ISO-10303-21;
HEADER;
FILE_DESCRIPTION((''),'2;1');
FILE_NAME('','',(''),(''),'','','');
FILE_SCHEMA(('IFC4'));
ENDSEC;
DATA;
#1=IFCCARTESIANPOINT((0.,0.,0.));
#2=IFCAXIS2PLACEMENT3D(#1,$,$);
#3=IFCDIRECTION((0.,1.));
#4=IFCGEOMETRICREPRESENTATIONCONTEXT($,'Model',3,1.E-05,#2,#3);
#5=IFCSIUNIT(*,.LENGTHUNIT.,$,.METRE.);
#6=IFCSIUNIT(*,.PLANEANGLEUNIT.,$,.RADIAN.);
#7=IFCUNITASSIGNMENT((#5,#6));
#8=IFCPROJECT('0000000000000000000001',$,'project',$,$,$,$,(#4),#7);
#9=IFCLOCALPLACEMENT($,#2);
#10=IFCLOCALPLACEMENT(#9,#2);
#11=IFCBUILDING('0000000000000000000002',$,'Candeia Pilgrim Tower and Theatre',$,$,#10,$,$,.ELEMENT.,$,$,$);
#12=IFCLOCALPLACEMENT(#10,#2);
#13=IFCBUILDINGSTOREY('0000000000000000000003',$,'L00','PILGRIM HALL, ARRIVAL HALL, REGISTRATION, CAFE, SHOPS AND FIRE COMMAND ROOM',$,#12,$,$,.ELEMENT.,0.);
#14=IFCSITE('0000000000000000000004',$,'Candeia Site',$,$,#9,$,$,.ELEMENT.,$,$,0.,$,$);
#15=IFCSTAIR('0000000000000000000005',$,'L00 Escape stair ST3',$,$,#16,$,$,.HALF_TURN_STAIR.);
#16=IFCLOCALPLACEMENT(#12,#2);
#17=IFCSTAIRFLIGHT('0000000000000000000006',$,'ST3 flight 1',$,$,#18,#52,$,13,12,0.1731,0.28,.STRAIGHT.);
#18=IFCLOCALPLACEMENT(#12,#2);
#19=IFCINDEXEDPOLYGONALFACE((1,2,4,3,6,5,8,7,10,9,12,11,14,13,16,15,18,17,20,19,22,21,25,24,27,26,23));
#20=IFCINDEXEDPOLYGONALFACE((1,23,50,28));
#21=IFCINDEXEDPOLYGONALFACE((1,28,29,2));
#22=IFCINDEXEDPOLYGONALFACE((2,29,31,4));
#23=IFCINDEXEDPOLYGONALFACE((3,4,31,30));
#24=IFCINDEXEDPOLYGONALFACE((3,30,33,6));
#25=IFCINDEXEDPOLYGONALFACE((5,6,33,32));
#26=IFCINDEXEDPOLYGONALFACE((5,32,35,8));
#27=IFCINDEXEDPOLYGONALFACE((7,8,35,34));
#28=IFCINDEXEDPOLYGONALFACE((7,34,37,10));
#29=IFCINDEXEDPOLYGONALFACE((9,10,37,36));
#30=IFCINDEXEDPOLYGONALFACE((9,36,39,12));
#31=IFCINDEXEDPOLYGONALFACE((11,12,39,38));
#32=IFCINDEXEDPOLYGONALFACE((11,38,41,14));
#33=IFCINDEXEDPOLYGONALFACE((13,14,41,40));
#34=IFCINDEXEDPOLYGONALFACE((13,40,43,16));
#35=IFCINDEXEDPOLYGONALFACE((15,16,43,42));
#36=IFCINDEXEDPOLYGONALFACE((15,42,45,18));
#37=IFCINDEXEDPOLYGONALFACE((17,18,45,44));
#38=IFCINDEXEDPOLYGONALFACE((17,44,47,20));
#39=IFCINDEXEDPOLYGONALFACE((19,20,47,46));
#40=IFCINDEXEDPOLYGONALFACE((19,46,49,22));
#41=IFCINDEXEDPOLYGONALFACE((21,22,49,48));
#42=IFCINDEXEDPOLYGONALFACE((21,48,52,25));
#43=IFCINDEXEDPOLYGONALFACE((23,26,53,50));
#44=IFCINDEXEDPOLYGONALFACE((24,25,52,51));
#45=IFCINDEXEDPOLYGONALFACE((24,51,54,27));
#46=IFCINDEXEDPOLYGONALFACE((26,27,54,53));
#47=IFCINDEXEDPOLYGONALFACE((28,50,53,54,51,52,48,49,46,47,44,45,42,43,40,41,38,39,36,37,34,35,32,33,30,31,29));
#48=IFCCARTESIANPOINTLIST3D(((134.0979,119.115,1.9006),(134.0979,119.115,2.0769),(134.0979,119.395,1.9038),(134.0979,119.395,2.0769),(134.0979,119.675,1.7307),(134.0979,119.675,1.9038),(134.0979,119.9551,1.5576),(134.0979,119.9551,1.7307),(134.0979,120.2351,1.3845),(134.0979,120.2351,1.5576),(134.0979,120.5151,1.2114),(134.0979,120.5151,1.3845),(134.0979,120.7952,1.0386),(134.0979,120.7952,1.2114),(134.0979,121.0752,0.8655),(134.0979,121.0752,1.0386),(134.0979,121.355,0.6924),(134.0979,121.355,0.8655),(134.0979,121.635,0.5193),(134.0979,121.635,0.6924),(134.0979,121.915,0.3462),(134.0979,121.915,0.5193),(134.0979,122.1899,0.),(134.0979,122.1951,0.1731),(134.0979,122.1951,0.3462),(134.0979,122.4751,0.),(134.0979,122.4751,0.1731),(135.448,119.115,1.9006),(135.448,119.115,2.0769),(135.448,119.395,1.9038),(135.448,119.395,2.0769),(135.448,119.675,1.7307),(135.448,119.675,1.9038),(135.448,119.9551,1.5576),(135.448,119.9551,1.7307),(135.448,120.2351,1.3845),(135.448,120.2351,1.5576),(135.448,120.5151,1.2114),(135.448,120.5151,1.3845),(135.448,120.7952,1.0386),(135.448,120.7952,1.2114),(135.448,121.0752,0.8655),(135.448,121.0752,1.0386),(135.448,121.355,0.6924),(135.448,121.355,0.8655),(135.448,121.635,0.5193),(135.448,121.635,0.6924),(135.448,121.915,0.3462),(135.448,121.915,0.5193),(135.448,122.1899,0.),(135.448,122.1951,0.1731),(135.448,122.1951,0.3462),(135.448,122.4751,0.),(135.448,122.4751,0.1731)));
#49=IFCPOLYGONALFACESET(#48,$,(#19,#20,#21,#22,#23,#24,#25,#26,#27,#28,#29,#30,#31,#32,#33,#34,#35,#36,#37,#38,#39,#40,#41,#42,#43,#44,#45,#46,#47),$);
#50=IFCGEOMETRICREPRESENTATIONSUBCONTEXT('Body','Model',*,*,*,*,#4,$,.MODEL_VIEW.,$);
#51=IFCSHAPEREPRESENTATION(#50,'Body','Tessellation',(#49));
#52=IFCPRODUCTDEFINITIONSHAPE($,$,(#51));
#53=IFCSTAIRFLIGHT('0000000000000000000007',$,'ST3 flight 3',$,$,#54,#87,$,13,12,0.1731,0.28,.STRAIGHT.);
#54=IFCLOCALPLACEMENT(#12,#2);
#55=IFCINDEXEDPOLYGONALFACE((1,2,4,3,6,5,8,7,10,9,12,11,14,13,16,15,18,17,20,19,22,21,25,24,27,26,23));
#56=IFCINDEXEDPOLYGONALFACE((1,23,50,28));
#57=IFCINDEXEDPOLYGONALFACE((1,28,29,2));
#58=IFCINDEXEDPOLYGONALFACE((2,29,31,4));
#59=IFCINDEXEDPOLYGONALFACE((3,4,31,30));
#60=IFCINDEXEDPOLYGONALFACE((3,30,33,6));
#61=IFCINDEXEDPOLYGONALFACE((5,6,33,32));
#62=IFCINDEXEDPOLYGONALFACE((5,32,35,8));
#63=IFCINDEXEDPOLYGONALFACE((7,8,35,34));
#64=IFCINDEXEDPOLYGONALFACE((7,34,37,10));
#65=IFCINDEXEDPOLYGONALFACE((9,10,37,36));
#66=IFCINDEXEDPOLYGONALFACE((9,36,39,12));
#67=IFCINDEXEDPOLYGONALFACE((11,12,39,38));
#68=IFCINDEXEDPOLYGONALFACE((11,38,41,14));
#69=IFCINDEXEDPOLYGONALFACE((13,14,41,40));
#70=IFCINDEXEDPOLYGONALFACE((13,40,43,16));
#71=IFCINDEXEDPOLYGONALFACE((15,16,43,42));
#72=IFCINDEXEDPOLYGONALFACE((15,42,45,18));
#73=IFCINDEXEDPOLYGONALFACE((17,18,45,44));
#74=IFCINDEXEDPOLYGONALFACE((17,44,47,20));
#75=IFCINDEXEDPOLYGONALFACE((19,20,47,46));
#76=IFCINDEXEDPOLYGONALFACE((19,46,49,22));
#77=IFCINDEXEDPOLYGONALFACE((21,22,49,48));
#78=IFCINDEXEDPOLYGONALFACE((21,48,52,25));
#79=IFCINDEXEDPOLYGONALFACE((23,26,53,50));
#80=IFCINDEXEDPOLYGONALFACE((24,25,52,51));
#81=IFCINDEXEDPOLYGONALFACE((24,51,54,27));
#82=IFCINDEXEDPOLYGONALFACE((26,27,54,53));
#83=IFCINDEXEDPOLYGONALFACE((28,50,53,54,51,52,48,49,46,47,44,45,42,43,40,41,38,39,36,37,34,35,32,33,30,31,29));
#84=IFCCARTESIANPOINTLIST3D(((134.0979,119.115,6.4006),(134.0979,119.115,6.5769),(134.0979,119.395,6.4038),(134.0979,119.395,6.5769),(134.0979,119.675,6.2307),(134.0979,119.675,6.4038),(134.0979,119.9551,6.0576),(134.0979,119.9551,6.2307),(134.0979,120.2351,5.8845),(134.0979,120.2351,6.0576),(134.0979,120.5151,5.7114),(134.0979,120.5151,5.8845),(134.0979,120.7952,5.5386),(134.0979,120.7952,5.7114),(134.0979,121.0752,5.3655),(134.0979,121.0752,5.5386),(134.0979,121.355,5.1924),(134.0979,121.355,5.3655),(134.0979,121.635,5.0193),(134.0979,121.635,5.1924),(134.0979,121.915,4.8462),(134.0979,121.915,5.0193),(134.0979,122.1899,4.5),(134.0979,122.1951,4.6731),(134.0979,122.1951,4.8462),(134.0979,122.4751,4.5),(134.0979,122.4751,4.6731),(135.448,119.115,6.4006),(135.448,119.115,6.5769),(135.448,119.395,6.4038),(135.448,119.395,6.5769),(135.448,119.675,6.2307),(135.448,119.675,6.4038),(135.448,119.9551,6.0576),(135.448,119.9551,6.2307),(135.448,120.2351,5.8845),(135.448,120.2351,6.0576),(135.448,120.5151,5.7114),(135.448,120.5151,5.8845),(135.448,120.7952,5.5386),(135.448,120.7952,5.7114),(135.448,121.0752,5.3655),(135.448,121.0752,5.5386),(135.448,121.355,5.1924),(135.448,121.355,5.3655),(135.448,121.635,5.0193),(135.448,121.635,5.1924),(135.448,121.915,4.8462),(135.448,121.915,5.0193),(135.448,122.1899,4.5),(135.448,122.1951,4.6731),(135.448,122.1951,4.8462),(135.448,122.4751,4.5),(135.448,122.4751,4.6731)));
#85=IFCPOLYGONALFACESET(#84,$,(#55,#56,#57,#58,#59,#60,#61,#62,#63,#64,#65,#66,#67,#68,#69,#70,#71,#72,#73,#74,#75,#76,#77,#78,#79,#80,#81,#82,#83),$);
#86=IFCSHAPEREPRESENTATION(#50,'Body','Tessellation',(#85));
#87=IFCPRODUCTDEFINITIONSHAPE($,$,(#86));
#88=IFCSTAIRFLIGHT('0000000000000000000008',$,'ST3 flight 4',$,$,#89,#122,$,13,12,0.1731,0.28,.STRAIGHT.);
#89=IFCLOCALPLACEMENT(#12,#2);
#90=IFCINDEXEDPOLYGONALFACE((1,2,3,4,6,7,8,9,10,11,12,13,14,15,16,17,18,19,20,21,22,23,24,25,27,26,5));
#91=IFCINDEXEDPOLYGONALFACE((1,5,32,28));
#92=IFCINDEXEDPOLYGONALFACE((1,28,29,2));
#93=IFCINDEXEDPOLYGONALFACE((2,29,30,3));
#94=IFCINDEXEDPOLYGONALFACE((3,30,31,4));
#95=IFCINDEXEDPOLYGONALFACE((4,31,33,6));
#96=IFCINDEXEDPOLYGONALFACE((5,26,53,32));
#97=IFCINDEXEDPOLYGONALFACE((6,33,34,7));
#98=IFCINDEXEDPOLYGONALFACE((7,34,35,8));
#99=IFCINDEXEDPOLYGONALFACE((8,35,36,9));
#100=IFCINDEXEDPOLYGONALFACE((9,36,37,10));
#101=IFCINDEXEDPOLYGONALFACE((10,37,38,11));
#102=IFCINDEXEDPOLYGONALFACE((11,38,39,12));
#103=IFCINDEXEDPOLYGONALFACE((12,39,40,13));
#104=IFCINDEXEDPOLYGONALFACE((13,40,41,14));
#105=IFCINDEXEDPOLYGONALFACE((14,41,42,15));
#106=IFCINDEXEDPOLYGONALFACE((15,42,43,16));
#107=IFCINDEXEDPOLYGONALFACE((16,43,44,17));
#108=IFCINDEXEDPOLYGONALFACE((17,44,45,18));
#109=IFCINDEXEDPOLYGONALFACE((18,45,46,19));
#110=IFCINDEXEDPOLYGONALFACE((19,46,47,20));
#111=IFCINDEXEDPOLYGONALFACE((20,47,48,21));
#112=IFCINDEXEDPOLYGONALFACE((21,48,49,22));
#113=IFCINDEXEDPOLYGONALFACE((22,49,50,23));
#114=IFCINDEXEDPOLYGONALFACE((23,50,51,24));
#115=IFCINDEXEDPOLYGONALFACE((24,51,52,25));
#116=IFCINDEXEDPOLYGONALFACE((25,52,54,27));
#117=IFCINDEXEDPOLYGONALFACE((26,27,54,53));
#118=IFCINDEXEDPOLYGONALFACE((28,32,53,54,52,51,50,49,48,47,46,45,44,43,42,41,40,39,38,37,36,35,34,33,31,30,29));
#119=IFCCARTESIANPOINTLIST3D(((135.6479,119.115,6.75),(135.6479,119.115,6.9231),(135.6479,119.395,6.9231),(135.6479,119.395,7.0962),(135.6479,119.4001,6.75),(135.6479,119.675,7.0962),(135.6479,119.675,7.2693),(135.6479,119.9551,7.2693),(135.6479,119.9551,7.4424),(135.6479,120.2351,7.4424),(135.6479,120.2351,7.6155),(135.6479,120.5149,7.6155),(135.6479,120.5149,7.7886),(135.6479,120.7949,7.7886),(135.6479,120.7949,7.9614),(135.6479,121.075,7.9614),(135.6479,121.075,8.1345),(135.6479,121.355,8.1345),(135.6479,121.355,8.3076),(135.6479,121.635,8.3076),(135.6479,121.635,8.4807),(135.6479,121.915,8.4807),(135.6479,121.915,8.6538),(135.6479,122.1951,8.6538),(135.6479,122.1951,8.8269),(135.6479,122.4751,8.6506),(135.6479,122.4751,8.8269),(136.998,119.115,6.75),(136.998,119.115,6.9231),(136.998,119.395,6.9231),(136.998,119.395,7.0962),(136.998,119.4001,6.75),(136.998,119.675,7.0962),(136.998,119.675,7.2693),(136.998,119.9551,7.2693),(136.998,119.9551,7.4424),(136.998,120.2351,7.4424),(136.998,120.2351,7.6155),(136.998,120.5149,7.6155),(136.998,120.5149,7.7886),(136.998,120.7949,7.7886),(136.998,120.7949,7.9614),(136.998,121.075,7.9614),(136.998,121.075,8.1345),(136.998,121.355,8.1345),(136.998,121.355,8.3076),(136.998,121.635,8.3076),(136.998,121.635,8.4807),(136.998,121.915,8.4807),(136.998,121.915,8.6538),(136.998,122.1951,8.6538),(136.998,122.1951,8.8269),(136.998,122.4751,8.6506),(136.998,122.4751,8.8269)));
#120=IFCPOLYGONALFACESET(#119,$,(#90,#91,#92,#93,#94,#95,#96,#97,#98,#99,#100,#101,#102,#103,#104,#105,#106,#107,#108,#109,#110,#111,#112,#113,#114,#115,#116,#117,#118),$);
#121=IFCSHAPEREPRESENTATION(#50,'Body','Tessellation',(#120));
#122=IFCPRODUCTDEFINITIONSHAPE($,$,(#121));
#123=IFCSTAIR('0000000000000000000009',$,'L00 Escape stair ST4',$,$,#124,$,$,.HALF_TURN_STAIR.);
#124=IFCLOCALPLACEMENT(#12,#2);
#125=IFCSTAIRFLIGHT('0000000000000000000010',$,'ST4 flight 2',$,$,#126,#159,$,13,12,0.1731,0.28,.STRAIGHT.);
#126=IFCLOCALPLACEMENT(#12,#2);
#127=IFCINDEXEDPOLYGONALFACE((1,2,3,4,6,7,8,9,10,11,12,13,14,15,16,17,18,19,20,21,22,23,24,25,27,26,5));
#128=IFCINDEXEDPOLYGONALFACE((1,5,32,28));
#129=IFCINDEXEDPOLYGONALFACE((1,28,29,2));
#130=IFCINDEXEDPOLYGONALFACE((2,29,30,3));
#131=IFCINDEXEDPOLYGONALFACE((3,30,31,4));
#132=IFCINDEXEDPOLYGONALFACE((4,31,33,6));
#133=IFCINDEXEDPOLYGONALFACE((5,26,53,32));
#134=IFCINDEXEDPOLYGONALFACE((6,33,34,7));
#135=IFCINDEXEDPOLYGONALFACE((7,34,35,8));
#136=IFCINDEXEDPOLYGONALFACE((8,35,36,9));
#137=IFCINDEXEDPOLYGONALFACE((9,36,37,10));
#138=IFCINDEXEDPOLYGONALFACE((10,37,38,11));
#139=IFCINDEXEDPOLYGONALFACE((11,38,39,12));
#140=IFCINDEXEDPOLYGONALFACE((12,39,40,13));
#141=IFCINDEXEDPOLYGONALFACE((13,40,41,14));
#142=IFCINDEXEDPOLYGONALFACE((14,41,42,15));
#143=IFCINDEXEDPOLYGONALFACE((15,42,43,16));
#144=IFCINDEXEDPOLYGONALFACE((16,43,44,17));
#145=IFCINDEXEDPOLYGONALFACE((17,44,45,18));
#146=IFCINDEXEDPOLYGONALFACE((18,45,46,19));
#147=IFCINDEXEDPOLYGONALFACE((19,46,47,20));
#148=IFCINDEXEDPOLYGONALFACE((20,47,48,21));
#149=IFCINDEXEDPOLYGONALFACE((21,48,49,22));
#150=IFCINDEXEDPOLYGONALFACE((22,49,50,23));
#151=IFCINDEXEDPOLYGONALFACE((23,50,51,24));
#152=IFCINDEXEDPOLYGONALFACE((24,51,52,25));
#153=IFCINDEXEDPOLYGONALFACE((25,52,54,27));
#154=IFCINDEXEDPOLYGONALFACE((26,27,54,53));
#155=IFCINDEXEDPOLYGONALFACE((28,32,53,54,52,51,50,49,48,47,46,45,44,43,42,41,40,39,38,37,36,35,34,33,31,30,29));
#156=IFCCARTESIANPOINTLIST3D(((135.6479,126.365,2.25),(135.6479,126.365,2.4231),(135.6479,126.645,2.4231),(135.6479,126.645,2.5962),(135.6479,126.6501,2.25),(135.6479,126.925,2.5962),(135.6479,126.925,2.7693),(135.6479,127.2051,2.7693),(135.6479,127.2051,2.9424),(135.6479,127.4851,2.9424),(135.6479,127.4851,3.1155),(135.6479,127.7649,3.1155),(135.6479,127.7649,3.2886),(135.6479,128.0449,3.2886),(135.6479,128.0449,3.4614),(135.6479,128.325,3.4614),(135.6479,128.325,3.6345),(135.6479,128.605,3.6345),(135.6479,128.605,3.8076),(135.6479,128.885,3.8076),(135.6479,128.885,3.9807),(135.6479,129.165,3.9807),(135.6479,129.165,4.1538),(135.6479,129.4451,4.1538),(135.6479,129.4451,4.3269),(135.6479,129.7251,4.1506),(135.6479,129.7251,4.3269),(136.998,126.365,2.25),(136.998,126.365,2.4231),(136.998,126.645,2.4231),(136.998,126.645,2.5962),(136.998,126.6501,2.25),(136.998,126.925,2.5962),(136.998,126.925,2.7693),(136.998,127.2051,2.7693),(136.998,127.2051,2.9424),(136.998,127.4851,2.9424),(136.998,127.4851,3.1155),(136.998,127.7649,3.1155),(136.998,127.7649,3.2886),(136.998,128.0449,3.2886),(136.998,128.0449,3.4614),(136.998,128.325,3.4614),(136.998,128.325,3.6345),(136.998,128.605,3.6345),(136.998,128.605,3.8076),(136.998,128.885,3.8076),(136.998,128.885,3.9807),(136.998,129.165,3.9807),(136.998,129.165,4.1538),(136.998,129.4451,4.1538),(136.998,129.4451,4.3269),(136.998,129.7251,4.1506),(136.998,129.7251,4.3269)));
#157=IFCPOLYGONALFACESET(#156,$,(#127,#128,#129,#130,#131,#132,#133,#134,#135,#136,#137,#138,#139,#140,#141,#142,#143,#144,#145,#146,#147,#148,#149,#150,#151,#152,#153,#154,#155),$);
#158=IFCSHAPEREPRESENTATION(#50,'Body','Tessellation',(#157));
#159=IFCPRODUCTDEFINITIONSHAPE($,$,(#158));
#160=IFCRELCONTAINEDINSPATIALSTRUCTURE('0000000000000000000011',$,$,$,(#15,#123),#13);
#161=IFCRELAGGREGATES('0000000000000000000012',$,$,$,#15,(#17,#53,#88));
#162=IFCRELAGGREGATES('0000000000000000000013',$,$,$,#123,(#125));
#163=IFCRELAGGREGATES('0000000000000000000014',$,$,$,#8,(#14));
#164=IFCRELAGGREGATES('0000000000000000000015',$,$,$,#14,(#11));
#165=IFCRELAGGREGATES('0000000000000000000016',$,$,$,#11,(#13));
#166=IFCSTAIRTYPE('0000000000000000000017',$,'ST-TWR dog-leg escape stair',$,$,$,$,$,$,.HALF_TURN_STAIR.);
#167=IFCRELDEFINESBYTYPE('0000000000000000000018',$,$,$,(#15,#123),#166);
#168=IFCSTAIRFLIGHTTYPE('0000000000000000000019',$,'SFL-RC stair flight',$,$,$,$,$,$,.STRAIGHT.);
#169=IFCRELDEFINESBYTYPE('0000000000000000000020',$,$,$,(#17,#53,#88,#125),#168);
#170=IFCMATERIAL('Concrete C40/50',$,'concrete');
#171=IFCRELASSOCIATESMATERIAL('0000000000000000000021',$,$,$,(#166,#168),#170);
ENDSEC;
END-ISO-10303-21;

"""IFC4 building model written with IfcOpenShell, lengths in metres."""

from ifc_helpers import new_model, si_unit, direction, frame, origin, place, context, subcontext, project, spatial, polyline, outline, extrude, material, type_object, element, aggregate, save


model = new_model("IFC4")

# Units and contexts
model_context = context("Model", 3, precision=1e-05, world=origin(), true_north=direction((0.0, 1.0)))
body_context = subcontext(model_context, "Body", "Model", "MODEL_VIEW")
ifc_project = project(units=[si_unit("LENGTHUNIT", "METRE"), si_unit("PLANEANGLEUNIT", "RADIAN")], contexts=[model_context])

# Site, building, storey
site_placement = place(None, origin())
site = spatial("IfcSite", under=ifc_project, at=site_placement, Name="Candeia Site", CompositionType="ELEMENT", RefElevation=0.0)
building_placement = place(site_placement, origin())
building = spatial("IfcBuilding", under=site, at=building_placement, Name="Candeia Pilgrim Tower and Theatre", CompositionType="ELEMENT")
storey_placement = place(building_placement, origin())
storey = spatial("IfcBuildingStorey", under=building, at=storey_placement, Name="L00", Description="PILGRIM HALL, ARRIVAL HALL, REGISTRATION, CAFE, SHOPS AND FIRE COMMAND ROOM", CompositionType="ELEMENT", Elevation=0.0)

# Shared definitions
ifc_material_1 = material(Name="Concrete C40/50", Category="concrete")

# Stairs, stair flights
stair_type = type_object("IfcStairType", Name="ST-TWR dog-leg escape stair", PredefinedType="HALF_TURN_STAIR", material=ifc_material_1)
stair_1_placement = place(storey_placement, origin())
stair_1 = element("IfcStair", 1, at=stair_1_placement, inside=storey, type_object=stair_type, Name="L00 Escape stair ST3", PredefinedType="HALF_TURN_STAIR")
stair_flight_type = type_object("IfcStairFlightType", Name="SFL-RC stair flight", PredefinedType="STRAIGHT", material=ifc_material_1)
stair_flight_1_placement = place(storey_placement, frame((134.7729, 122.4751, 0.0), z_axis=(0.0, 0.0, 1.0), x_axis=(0.0, -1.0, 0.0)))
stair_flight_1 = element("IfcStairFlight", 2, at=stair_flight_1_placement, type_object=stair_flight_type, Name="ST3 flight 1", NumberOfRisers=13, NumberOfTreads=12, PredefinedType="STRAIGHT", RiserHeight=0.1731, TreadLength=0.28, context=body_context, shape_type="SweptSolid", body=[
    extrude(outline(polyline([(0.0, 0.0), (0.0, 0.1731), (0.28, 0.1731), (0.28, 0.3462), (0.5601, 0.3462), (0.5601, 0.5193), (0.8401, 0.5193), (0.8401, 0.6924), (1.1201, 0.6924), (1.1201, 0.8655), (1.3999, 0.8655), (1.3999, 1.0386), (1.6799, 1.0386), (1.6799, 1.2114), (1.96, 1.2114), (1.96, 1.3845), (2.24, 1.3845), (2.24, 1.5576), (2.52, 1.5576), (2.52, 1.7307), (2.8, 1.7307), (2.8, 1.9038), (3.0801, 1.9038), (3.0801, 2.0769), (3.3601, 2.0769), (3.3601, 2.25), (3.3601, 1.9006), (0.2852, 0.0), (0.0, 0.0)])), frame((0.0, 0.675, 0.0), z_axis=(0.0, -1.0, 0.0), x_axis=(1.0, 0.0, 0.0)), (0.0, 0.0, 1.0), 1.3501),
])
stair_flight_2_placement = place(storey_placement, frame((134.7729, 122.4751, 4.5), z_axis=(0.0, 0.0, 1.0), x_axis=(0.0, -1.0, 0.0)))
stair_flight_2 = element("IfcStairFlight", 3, at=stair_flight_2_placement, type_object=stair_flight_type, Name="ST3 flight 3", NumberOfRisers=13, NumberOfTreads=12, PredefinedType="STRAIGHT", RiserHeight=0.1731, TreadLength=0.28, context=body_context, shape_type="SweptSolid", body=[
    extrude(outline(polyline([(0.0, 0.0), (0.0, 0.1731), (0.28, 0.1731), (0.28, 0.3462), (0.5601, 0.3462), (0.5601, 0.5193), (0.8401, 0.5193), (0.8401, 0.6924), (1.1201, 0.6924), (1.1201, 0.8655), (1.3999, 0.8655), (1.3999, 1.0386), (1.6799, 1.0386), (1.6799, 1.2114), (1.96, 1.2114), (1.96, 1.3845), (2.24, 1.3845), (2.24, 1.5576), (2.52, 1.5576), (2.52, 1.7307), (2.8, 1.7307), (2.8, 1.9038), (3.0801, 1.9038), (3.0801, 2.0769), (3.3601, 2.0769), (3.3601, 2.25), (3.3601, 1.9006), (0.2852, 0.0), (0.0, 0.0)])), frame((0.0, 0.675, 0.0), z_axis=(0.0, -1.0, 0.0), x_axis=(1.0, 0.0, 0.0)), (0.0, 0.0, 1.0), 1.3501),
])
stair_flight_3_placement = place(storey_placement, frame((136.323, 119.115, 6.75), z_axis=(0.0, 0.0, 1.0), x_axis=(0.0, 1.0, 0.0)))
stair_flight_3 = element("IfcStairFlight", 4, at=stair_flight_3_placement, type_object=stair_flight_type, Name="ST3 flight 4", NumberOfRisers=13, NumberOfTreads=12, PredefinedType="STRAIGHT", RiserHeight=0.1731, TreadLength=0.28, context=body_context, shape_type="SweptSolid", body=[
    extrude(outline(polyline([(0.0, 0.0), (0.0, 0.1731), (0.28, 0.1731), (0.28, 0.3462), (0.5601, 0.3462), (0.5601, 0.5193), (0.8401, 0.5193), (0.8401, 0.6924), (1.1201, 0.6924), (1.1201, 0.8655), (1.3999, 0.8655), (1.3999, 1.0386), (1.6799, 1.0386), (1.6799, 1.2114), (1.96, 1.2114), (1.96, 1.3845), (2.24, 1.3845), (2.24, 1.5576), (2.52, 1.5576), (2.52, 1.7307), (2.8, 1.7307), (2.8, 1.9038), (3.0801, 1.9038), (3.0801, 2.0769), (3.3601, 2.0769), (3.3601, 2.25), (3.3601, 1.9006), (0.2852, 0.0), (0.0, 0.0)])), frame((0.0, 0.675, 0.0), z_axis=(0.0, -1.0, 0.0), x_axis=(1.0, 0.0, 0.0)), (0.0, 0.0, 1.0), 1.3501),
])
aggregate(stair_1, [stair_flight_1, stair_flight_2, stair_flight_3])
stair_2_placement = place(storey_placement, origin())
stair_2 = element("IfcStair", 5, at=stair_2_placement, inside=storey, type_object=stair_type, Name="L00 Escape stair ST4", PredefinedType="HALF_TURN_STAIR")
stair_flight_4_placement = place(storey_placement, frame((136.323, 126.365, 2.25), z_axis=(0.0, 0.0, 1.0), x_axis=(0.0, 1.0, 0.0)))
stair_flight_4 = element("IfcStairFlight", 6, at=stair_flight_4_placement, type_object=stair_flight_type, Name="ST4 flight 2", NumberOfRisers=13, NumberOfTreads=12, PredefinedType="STRAIGHT", RiserHeight=0.1731, TreadLength=0.28, context=body_context, shape_type="SweptSolid", body=[
    extrude(outline(polyline([(0.0, 0.0), (0.0, 0.1731), (0.28, 0.1731), (0.28, 0.3462), (0.5601, 0.3462), (0.5601, 0.5193), (0.8401, 0.5193), (0.8401, 0.6924), (1.1201, 0.6924), (1.1201, 0.8655), (1.3999, 0.8655), (1.3999, 1.0386), (1.6799, 1.0386), (1.6799, 1.2114), (1.96, 1.2114), (1.96, 1.3845), (2.24, 1.3845), (2.24, 1.5576), (2.52, 1.5576), (2.52, 1.7307), (2.8, 1.7307), (2.8, 1.9038), (3.0801, 1.9038), (3.0801, 2.0769), (3.3601, 2.0769), (3.3601, 2.25), (3.3601, 1.9006), (0.2852, 0.0), (0.0, 0.0)])), frame((0.0, 0.675, 0.0), z_axis=(0.0, -1.0, 0.0), x_axis=(1.0, 0.0, 0.0)), (0.0, 0.0, 1.0), 1.3501),
])
aggregate(stair_2, [stair_flight_4])

save(model, "model.ifc")
